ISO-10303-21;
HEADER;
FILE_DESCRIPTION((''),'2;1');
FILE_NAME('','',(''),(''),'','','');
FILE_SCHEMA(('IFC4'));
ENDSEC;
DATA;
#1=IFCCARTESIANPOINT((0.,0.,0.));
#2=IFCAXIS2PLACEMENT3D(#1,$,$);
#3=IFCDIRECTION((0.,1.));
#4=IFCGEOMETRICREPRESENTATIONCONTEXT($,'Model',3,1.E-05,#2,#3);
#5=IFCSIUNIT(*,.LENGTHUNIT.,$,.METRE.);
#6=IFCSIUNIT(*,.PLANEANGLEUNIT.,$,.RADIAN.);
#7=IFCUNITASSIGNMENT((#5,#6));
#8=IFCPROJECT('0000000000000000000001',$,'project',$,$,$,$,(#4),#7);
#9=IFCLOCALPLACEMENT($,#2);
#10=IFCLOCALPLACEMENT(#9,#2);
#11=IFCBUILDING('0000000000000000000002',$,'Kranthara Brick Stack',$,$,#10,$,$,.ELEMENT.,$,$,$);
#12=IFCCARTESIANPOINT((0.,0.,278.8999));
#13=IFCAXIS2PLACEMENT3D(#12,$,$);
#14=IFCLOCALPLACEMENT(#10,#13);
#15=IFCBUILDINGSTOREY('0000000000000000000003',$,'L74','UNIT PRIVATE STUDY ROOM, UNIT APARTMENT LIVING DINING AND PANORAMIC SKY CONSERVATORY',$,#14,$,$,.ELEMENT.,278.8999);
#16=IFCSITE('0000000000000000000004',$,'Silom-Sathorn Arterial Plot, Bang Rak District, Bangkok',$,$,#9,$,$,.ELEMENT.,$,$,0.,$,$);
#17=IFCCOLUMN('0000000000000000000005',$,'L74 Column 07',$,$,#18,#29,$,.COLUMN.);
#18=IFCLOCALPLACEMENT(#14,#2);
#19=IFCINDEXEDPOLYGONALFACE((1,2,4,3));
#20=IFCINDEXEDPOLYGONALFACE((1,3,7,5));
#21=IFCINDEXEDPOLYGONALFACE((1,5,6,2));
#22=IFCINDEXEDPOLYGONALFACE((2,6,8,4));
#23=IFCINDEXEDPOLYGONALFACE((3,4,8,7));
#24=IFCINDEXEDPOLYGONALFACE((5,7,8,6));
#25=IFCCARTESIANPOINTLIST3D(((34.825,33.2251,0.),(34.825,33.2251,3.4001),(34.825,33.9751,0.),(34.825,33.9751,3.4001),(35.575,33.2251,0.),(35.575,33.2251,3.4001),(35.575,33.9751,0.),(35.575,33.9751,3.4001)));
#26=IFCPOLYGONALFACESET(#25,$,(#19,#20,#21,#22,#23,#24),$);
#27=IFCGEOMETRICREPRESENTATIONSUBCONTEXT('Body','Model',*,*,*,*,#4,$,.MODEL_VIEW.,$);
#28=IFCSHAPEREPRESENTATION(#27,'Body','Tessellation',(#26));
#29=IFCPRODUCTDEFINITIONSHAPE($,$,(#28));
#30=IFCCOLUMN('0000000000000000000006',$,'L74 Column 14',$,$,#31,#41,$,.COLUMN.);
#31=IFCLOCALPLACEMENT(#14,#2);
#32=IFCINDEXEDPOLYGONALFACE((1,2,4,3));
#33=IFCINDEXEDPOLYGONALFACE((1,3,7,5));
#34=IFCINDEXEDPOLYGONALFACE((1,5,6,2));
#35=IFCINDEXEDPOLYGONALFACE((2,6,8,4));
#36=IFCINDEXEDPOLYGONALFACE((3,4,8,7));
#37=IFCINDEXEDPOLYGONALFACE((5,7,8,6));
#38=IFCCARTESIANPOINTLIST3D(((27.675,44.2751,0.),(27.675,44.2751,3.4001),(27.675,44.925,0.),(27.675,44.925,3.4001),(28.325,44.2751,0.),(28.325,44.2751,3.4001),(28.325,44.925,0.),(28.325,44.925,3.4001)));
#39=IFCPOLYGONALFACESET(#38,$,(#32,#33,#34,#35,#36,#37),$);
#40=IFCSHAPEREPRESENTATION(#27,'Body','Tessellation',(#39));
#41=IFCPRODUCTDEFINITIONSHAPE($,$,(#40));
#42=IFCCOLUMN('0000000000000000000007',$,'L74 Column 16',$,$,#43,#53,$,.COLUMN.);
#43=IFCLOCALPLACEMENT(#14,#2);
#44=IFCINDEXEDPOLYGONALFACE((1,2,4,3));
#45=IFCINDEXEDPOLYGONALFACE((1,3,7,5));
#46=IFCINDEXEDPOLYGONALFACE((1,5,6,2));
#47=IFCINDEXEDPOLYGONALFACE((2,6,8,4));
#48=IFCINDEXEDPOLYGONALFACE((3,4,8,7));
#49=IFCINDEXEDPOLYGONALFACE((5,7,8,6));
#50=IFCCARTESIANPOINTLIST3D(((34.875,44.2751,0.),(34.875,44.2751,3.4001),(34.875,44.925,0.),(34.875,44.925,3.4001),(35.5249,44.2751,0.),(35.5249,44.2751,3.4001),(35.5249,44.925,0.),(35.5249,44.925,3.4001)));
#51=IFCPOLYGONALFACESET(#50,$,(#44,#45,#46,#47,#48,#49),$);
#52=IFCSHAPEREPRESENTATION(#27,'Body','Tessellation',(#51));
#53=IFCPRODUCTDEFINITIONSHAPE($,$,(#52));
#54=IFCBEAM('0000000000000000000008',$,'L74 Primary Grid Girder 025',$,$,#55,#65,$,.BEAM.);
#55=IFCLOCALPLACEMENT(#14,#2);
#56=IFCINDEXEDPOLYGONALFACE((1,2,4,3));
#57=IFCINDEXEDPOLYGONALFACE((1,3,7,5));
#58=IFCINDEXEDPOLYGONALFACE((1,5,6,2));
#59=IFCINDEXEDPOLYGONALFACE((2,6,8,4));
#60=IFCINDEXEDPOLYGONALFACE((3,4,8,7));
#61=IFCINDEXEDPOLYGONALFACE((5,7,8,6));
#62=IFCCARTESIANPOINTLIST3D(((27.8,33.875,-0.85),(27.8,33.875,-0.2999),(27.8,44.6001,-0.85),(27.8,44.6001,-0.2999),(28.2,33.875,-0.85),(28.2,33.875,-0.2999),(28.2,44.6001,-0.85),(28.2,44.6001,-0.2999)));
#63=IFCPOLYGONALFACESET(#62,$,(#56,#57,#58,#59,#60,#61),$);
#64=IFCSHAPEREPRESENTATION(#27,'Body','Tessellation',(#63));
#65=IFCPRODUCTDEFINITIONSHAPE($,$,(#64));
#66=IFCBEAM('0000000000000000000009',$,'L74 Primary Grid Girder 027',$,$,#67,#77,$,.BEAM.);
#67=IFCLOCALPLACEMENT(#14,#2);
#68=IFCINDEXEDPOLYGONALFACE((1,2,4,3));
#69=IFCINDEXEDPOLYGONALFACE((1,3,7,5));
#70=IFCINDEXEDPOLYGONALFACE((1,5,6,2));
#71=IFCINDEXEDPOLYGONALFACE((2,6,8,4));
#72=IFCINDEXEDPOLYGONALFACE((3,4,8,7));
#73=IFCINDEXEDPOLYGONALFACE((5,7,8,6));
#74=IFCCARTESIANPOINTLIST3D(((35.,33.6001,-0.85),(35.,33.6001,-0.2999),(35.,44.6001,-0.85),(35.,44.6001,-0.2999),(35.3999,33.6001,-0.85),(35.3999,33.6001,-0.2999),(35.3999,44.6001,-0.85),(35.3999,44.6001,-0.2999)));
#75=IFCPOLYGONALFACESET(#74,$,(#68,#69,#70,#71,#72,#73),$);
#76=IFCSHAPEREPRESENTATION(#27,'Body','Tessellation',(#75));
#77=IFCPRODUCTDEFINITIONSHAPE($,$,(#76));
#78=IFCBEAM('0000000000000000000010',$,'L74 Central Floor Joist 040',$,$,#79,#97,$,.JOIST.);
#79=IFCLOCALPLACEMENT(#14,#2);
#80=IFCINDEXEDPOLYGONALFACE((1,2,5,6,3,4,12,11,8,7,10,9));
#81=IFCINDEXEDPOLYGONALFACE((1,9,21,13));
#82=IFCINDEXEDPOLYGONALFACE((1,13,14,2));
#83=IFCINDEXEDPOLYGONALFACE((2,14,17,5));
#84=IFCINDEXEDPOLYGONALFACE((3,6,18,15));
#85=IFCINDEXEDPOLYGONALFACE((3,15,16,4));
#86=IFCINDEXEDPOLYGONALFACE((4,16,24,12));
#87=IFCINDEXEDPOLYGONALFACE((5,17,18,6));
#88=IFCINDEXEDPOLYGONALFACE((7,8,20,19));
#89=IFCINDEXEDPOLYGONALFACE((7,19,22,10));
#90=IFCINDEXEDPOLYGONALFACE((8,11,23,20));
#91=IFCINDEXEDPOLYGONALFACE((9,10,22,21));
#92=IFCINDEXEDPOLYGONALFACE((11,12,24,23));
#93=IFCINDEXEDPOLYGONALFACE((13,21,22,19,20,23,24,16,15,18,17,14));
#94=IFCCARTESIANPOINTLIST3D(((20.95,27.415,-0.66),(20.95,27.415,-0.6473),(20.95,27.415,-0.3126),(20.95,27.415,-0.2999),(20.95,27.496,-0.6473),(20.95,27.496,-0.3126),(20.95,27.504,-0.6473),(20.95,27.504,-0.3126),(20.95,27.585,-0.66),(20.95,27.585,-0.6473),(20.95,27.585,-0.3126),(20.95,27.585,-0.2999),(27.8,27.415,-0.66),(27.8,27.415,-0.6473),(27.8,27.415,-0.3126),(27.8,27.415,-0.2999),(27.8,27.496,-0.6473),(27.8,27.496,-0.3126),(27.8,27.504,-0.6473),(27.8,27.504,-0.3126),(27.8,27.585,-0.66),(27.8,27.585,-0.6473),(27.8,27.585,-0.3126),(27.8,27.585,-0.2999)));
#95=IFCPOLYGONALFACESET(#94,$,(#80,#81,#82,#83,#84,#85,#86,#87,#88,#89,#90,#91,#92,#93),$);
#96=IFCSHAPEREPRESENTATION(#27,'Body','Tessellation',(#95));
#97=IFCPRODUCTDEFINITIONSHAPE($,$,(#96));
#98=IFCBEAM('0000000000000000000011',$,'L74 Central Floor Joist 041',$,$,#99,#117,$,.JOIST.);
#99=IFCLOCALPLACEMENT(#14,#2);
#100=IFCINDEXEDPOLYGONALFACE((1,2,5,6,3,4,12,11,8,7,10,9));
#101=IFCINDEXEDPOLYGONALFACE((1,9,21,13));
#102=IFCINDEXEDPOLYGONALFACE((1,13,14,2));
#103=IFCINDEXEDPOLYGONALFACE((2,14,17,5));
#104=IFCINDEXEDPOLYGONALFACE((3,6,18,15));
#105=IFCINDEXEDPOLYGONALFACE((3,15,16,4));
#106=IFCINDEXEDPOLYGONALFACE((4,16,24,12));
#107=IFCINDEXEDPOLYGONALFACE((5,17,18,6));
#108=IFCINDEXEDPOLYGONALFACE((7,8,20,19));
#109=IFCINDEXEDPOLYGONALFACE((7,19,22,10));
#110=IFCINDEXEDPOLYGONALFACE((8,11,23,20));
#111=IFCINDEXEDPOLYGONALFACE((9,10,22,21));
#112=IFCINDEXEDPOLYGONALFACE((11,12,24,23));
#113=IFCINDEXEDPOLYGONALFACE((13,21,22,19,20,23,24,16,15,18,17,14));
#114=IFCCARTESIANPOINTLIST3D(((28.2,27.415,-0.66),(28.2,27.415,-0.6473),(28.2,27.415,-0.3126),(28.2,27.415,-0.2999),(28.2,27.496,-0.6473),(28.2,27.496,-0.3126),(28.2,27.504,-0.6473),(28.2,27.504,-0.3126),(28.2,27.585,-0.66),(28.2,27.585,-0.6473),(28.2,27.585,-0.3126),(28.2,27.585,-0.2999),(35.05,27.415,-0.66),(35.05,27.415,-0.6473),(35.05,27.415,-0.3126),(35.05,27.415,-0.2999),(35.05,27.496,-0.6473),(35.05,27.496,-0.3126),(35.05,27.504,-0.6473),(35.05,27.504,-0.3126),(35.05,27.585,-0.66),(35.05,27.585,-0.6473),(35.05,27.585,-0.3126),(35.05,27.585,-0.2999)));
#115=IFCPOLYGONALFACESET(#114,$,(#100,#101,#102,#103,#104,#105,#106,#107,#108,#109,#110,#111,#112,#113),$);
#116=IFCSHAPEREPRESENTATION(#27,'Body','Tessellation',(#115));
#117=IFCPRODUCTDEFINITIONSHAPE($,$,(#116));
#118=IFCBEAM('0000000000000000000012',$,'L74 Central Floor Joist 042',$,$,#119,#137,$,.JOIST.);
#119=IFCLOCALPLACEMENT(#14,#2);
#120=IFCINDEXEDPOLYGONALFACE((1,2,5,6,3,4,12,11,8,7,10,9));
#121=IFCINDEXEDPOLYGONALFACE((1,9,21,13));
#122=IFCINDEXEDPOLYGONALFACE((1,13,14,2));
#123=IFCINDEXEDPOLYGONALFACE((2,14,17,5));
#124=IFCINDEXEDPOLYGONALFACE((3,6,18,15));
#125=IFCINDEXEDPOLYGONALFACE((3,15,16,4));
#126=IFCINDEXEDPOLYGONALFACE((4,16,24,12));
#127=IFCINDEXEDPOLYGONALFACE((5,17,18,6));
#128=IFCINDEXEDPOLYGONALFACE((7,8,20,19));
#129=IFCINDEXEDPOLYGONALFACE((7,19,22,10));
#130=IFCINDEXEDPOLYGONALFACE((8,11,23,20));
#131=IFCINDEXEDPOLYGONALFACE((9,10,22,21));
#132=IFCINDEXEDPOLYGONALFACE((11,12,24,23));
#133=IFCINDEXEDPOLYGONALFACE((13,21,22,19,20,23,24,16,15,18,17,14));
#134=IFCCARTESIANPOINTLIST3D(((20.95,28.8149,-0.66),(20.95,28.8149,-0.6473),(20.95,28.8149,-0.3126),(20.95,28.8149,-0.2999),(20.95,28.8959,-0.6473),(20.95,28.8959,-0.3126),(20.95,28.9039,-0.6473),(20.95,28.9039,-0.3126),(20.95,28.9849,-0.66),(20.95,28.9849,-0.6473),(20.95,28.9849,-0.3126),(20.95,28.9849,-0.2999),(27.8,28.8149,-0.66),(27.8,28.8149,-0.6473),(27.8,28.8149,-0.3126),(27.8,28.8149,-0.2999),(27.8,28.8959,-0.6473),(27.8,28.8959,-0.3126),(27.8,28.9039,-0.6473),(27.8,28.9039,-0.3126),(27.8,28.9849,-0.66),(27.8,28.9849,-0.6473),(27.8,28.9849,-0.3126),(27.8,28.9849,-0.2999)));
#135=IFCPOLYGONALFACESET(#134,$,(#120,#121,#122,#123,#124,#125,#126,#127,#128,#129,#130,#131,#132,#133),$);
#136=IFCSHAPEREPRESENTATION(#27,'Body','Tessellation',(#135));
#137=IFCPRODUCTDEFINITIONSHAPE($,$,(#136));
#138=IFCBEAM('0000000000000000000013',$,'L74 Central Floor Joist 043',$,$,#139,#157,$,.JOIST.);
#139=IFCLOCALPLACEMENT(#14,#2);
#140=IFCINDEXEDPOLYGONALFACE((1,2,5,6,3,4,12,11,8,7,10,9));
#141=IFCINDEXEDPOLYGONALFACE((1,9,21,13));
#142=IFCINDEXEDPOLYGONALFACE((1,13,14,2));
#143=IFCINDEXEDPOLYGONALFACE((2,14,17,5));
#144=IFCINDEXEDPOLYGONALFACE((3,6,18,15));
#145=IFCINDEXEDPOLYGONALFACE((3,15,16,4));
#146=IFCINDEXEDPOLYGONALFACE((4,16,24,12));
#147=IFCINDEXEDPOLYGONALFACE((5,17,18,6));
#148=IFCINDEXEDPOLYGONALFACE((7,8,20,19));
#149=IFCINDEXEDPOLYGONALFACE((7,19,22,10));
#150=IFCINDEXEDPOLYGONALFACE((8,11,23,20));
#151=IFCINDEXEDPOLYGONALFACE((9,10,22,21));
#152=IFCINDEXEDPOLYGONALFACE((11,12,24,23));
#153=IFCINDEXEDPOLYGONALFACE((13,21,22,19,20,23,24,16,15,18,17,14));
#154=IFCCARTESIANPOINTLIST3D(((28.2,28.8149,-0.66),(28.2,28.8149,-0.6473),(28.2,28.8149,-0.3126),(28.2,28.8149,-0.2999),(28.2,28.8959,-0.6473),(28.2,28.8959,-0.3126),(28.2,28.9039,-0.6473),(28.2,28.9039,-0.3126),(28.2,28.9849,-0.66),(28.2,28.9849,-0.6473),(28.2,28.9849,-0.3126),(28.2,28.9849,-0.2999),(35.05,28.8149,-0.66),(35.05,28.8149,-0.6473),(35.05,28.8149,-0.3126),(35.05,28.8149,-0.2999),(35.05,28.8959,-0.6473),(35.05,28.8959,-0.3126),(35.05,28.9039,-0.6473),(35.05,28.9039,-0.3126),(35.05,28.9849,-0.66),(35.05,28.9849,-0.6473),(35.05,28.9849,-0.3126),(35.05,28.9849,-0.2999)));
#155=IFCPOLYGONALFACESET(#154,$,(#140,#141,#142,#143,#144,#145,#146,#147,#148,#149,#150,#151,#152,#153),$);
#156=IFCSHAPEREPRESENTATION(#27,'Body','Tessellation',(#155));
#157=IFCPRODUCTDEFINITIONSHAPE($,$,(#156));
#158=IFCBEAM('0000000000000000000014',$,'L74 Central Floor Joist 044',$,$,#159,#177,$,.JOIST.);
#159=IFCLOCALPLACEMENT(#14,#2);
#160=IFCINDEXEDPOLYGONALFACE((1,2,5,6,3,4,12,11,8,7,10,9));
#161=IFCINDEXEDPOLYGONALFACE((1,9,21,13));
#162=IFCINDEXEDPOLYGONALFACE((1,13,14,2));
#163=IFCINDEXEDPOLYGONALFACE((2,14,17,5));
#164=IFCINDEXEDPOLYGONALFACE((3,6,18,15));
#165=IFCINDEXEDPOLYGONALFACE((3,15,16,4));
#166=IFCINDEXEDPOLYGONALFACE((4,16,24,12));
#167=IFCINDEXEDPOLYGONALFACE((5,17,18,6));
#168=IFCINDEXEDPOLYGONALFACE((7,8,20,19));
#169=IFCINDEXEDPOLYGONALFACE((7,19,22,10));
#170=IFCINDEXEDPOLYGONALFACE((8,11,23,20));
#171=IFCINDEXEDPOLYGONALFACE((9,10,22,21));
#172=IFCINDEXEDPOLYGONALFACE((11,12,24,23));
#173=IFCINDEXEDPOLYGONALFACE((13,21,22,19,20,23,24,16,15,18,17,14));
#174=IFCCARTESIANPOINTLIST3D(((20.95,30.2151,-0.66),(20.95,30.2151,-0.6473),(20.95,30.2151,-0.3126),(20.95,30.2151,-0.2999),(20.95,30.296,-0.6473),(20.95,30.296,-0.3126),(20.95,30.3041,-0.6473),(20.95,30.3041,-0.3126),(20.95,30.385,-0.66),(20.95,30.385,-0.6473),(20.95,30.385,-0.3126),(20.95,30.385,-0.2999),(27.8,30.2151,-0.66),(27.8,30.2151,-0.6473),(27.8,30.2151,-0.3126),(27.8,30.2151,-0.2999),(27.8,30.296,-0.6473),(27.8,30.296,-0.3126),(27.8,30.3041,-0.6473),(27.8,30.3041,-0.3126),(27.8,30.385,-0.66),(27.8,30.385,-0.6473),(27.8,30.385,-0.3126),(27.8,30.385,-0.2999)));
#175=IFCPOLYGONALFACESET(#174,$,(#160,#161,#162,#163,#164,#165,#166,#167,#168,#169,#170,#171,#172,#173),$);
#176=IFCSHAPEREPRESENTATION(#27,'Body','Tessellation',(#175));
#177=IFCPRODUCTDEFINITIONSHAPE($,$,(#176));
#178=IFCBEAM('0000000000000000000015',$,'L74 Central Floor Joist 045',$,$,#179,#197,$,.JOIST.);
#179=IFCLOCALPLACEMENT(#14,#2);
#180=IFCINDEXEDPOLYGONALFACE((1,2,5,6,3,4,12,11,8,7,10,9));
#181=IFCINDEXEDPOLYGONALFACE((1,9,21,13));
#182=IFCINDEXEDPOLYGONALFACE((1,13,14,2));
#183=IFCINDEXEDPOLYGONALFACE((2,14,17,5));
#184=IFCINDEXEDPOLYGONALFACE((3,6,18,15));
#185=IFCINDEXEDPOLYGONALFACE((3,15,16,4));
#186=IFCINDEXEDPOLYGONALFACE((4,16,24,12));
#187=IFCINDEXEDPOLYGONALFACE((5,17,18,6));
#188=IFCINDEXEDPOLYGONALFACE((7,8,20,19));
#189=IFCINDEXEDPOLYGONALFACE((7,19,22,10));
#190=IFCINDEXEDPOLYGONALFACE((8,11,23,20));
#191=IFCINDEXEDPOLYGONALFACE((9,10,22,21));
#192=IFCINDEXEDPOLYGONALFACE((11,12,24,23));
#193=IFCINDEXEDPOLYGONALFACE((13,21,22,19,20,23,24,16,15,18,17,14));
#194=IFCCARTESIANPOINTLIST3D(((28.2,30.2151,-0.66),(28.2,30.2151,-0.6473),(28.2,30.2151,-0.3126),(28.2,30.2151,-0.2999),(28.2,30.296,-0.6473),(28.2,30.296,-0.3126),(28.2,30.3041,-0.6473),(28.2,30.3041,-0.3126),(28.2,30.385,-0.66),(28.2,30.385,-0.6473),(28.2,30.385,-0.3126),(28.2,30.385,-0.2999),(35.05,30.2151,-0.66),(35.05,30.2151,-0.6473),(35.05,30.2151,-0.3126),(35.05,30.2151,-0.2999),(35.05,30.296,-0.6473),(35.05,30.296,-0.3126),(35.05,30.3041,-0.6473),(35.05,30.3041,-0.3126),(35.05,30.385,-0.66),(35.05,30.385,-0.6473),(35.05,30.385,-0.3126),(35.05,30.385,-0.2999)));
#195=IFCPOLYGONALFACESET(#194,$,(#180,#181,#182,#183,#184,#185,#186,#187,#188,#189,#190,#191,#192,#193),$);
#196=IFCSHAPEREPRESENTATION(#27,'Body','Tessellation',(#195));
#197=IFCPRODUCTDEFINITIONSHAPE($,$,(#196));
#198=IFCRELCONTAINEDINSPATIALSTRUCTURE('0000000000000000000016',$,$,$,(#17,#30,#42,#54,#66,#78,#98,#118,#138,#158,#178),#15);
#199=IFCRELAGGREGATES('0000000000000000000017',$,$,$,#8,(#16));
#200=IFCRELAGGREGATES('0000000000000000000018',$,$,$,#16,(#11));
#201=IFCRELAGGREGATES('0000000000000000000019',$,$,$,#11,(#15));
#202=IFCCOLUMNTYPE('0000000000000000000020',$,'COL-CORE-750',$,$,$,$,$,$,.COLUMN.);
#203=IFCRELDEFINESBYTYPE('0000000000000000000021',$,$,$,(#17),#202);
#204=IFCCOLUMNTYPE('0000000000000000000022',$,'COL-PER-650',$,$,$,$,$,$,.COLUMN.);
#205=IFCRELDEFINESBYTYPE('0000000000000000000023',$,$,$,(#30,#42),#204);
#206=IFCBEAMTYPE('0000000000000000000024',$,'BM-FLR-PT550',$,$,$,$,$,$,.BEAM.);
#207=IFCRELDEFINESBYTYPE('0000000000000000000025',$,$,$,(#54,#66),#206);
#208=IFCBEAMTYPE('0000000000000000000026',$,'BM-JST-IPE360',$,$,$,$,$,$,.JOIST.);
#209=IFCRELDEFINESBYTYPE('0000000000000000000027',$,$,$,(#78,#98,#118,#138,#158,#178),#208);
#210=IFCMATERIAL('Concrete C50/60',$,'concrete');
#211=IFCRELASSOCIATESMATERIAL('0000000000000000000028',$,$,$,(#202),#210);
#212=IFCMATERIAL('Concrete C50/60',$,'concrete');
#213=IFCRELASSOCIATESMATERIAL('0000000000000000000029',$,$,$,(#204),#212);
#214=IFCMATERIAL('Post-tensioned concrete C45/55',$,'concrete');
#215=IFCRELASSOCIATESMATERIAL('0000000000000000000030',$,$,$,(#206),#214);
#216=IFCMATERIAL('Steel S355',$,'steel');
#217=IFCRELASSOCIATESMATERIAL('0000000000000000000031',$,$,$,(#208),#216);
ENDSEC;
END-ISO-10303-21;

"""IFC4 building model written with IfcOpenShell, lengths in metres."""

from ifc_helpers import new_model, si_unit, direction, frame, origin, origin_2d, place, context, subcontext, project, spatial, rectangle, i_section, extrude, material, material_profile, profile_set, type_object, element, save


model = new_model("IFC4")

# Units and contexts
model_context = context("Model", 3, precision=1e-05, world=origin(), true_north=direction((0.0, 1.0)))
body_context = subcontext(model_context, "Body", "Model", "MODEL_VIEW")
ifc_project = project(units=[si_unit("LENGTHUNIT", "METRE"), si_unit("PLANEANGLEUNIT", "RADIAN")], contexts=[model_context])

# Site, building, storey
site_placement = place(None, origin())
site = spatial("IfcSite", under=ifc_project, at=site_placement, Name="Silom-Sathorn Arterial Plot, Bang Rak District, Bangkok", CompositionType="ELEMENT", RefElevation=0.0)
building_placement = place(site_placement, origin())
building = spatial("IfcBuilding", under=site, at=building_placement, Name="Kranthara Brick Stack", CompositionType="ELEMENT")
storey_placement = place(building_placement, frame((0.0, 0.0, 278.8999)))
storey = spatial("IfcBuildingStorey", under=building, at=storey_placement, Name="L74", Description="UNIT PRIVATE STUDY ROOM, UNIT APARTMENT LIVING DINING AND PANORAMIC SKY CONSERVATORY", CompositionType="ELEMENT", Elevation=278.8999)

# Columns
ifc_material_1 = material(Name="Concrete C50/60", Category="concrete")
ifc_material_profile_1 = material_profile(ifc_material_1, rectangle(XDim=0.75, YDim=0.75, at=origin_2d()), Name="RC 750x750")
ifc_profile_set_1 = profile_set([ifc_material_profile_1], Name="Concrete C50/60")
column_type_1 = type_object("IfcColumnType", Name="COL-CORE-750", PredefinedType="COLUMN", material=ifc_profile_set_1)
column_placement = place(storey_placement, frame((35.2, 33.6001, 0.0), z_axis=(0.0, 0.0, 1.0), x_axis=(1.0, 0.0, 0.0)))
element("IfcColumn", 1, at=column_placement, inside=storey, type_object=column_type_1, Name="L74 Column 07", PredefinedType="COLUMN", context=body_context, shape_type="SweptSolid", body=[
    extrude(rectangle(XDim=0.75, YDim=0.75, at=origin_2d()), origin(), (0.0, 0.0, 1.0), 3.4001),
])
ifc_material_2 = material(Name="Concrete C50/60", Category="concrete")
ifc_material_profile_2 = material_profile(ifc_material_2, rectangle(XDim=0.6499, YDim=0.6499, at=origin_2d()), Name="RC 650x650")
ifc_profile_set_2 = profile_set([ifc_material_profile_2], Name="Concrete C50/60")
column_type_2 = type_object("IfcColumnType", Name="COL-PER-650", PredefinedType="COLUMN", material=ifc_profile_set_2)
for number, where, z_axis, x_axis, name in (
    (2, (28.0, 44.6001, 0.0), (0.0, 0.0, 1.0), (1.0, 0.0, 0.0), "L74 Column 14"),
    (3, (35.2, 44.6001, 0.0), (0.0, 0.0, 1.0), (1.0, 0.0, 0.0), "L74 Column 16"),
):
    element("IfcColumn", number, at=place(storey_placement, frame(where, z_axis=z_axis, x_axis=x_axis)), inside=storey, type_object=column_type_2, Name=name, PredefinedType="COLUMN", context=body_context, shape_type="SweptSolid", body=[
        extrude(rectangle(XDim=0.6499, YDim=0.6499, at=origin_2d()), origin(), (0.0, 0.0, 1.0), 3.4001),
    ])

# Beams
ifc_material_3 = material(Name="Post-tensioned concrete C45/55", Category="concrete")
ifc_material_profile_3 = material_profile(ifc_material_3, rectangle(XDim=0.3999, YDim=0.55, at=origin_2d()), Name="PT 400x550")
ifc_profile_set_3 = profile_set([ifc_material_profile_3], Name="Post-tensioned concrete C45/55")
beam_type_1 = type_object("IfcBeamType", Name="BM-FLR-PT550", PredefinedType="BEAM", material=ifc_profile_set_3)
beam_1_placement = place(storey_placement, frame((28.0, 33.875, -0.575), z_axis=(0.0, 1.0, 0.0), x_axis=(-1.0, 0.0, 0.0)))
element("IfcBeam", 4, at=beam_1_placement, inside=storey, type_object=beam_type_1, Name="L74 Primary Grid Girder 025", PredefinedType="BEAM", context=body_context, shape_type="SweptSolid", body=[
    extrude(rectangle(XDim=0.3999, YDim=0.55, at=origin_2d()), origin(), (0.0, 0.0, 1.0), 10.7251),
])
beam_2_placement = place(storey_placement, frame((35.2, 33.6001, -0.575), z_axis=(0.0, 1.0, 0.0), x_axis=(-1.0, 0.0, 0.0)))
element("IfcBeam", 5, at=beam_2_placement, inside=storey, type_object=beam_type_1, Name="L74 Primary Grid Girder 027", PredefinedType="BEAM", context=body_context, shape_type="SweptSolid", body=[
    extrude(rectangle(XDim=0.3999, YDim=0.55, at=origin_2d()), origin(), (0.0, 0.0, 1.0), 11.0),
])
ifc_material_4 = material(Name="Steel S355", Category="steel")
ifc_material_profile_4 = material_profile(ifc_material_4, i_section(OverallWidth=0.1699, OverallDepth=0.3601, WebThickness=0.0081, FlangeThickness=0.0127, at=origin_2d()), Name="IPE 360")
ifc_profile_set_4 = profile_set([ifc_material_profile_4], Name="Steel S355")
beam_type_2 = type_object("IfcBeamType", Name="BM-JST-IPE360", PredefinedType="JOIST", material=ifc_profile_set_4)
for number, where, z_axis, x_axis, name in (
    (6, (20.95, 27.5, -0.48), (1.0, 0.0, 0.0), (0.0, 1.0, 0.0), "L74 Central Floor Joist 040"),
    (7, (28.2, 27.5, -0.48), (1.0, 0.0, 0.0), (0.0, 1.0, 0.0), "L74 Central Floor Joist 041"),
    (8, (20.95, 28.8999, -0.48), (1.0, 0.0, 0.0), (0.0, 1.0, 0.0), "L74 Central Floor Joist 042"),
    (9, (28.2, 28.8999, -0.48), (1.0, 0.0, 0.0), (0.0, 1.0, 0.0), "L74 Central Floor Joist 043"),
    (10, (20.95, 30.3, -0.48), (1.0, 0.0, 0.0), (0.0, 1.0, 0.0), "L74 Central Floor Joist 044"),
    (11, (28.2, 30.3, -0.48), (1.0, 0.0, 0.0), (0.0, 1.0, 0.0), "L74 Central Floor Joist 045"),
):
    element("IfcBeam", number, at=place(storey_placement, frame(where, z_axis=z_axis, x_axis=x_axis)), inside=storey, type_object=beam_type_2, Name=name, PredefinedType="JOIST", context=body_context, shape_type="SweptSolid", body=[
        extrude(i_section(OverallWidth=0.1699, OverallDepth=0.3601, WebThickness=0.0081, FlangeThickness=0.0127, at=origin_2d()), origin(), (0.0, 0.0, 1.0), 6.8501),
    ])

save(model, "model.ifc")
